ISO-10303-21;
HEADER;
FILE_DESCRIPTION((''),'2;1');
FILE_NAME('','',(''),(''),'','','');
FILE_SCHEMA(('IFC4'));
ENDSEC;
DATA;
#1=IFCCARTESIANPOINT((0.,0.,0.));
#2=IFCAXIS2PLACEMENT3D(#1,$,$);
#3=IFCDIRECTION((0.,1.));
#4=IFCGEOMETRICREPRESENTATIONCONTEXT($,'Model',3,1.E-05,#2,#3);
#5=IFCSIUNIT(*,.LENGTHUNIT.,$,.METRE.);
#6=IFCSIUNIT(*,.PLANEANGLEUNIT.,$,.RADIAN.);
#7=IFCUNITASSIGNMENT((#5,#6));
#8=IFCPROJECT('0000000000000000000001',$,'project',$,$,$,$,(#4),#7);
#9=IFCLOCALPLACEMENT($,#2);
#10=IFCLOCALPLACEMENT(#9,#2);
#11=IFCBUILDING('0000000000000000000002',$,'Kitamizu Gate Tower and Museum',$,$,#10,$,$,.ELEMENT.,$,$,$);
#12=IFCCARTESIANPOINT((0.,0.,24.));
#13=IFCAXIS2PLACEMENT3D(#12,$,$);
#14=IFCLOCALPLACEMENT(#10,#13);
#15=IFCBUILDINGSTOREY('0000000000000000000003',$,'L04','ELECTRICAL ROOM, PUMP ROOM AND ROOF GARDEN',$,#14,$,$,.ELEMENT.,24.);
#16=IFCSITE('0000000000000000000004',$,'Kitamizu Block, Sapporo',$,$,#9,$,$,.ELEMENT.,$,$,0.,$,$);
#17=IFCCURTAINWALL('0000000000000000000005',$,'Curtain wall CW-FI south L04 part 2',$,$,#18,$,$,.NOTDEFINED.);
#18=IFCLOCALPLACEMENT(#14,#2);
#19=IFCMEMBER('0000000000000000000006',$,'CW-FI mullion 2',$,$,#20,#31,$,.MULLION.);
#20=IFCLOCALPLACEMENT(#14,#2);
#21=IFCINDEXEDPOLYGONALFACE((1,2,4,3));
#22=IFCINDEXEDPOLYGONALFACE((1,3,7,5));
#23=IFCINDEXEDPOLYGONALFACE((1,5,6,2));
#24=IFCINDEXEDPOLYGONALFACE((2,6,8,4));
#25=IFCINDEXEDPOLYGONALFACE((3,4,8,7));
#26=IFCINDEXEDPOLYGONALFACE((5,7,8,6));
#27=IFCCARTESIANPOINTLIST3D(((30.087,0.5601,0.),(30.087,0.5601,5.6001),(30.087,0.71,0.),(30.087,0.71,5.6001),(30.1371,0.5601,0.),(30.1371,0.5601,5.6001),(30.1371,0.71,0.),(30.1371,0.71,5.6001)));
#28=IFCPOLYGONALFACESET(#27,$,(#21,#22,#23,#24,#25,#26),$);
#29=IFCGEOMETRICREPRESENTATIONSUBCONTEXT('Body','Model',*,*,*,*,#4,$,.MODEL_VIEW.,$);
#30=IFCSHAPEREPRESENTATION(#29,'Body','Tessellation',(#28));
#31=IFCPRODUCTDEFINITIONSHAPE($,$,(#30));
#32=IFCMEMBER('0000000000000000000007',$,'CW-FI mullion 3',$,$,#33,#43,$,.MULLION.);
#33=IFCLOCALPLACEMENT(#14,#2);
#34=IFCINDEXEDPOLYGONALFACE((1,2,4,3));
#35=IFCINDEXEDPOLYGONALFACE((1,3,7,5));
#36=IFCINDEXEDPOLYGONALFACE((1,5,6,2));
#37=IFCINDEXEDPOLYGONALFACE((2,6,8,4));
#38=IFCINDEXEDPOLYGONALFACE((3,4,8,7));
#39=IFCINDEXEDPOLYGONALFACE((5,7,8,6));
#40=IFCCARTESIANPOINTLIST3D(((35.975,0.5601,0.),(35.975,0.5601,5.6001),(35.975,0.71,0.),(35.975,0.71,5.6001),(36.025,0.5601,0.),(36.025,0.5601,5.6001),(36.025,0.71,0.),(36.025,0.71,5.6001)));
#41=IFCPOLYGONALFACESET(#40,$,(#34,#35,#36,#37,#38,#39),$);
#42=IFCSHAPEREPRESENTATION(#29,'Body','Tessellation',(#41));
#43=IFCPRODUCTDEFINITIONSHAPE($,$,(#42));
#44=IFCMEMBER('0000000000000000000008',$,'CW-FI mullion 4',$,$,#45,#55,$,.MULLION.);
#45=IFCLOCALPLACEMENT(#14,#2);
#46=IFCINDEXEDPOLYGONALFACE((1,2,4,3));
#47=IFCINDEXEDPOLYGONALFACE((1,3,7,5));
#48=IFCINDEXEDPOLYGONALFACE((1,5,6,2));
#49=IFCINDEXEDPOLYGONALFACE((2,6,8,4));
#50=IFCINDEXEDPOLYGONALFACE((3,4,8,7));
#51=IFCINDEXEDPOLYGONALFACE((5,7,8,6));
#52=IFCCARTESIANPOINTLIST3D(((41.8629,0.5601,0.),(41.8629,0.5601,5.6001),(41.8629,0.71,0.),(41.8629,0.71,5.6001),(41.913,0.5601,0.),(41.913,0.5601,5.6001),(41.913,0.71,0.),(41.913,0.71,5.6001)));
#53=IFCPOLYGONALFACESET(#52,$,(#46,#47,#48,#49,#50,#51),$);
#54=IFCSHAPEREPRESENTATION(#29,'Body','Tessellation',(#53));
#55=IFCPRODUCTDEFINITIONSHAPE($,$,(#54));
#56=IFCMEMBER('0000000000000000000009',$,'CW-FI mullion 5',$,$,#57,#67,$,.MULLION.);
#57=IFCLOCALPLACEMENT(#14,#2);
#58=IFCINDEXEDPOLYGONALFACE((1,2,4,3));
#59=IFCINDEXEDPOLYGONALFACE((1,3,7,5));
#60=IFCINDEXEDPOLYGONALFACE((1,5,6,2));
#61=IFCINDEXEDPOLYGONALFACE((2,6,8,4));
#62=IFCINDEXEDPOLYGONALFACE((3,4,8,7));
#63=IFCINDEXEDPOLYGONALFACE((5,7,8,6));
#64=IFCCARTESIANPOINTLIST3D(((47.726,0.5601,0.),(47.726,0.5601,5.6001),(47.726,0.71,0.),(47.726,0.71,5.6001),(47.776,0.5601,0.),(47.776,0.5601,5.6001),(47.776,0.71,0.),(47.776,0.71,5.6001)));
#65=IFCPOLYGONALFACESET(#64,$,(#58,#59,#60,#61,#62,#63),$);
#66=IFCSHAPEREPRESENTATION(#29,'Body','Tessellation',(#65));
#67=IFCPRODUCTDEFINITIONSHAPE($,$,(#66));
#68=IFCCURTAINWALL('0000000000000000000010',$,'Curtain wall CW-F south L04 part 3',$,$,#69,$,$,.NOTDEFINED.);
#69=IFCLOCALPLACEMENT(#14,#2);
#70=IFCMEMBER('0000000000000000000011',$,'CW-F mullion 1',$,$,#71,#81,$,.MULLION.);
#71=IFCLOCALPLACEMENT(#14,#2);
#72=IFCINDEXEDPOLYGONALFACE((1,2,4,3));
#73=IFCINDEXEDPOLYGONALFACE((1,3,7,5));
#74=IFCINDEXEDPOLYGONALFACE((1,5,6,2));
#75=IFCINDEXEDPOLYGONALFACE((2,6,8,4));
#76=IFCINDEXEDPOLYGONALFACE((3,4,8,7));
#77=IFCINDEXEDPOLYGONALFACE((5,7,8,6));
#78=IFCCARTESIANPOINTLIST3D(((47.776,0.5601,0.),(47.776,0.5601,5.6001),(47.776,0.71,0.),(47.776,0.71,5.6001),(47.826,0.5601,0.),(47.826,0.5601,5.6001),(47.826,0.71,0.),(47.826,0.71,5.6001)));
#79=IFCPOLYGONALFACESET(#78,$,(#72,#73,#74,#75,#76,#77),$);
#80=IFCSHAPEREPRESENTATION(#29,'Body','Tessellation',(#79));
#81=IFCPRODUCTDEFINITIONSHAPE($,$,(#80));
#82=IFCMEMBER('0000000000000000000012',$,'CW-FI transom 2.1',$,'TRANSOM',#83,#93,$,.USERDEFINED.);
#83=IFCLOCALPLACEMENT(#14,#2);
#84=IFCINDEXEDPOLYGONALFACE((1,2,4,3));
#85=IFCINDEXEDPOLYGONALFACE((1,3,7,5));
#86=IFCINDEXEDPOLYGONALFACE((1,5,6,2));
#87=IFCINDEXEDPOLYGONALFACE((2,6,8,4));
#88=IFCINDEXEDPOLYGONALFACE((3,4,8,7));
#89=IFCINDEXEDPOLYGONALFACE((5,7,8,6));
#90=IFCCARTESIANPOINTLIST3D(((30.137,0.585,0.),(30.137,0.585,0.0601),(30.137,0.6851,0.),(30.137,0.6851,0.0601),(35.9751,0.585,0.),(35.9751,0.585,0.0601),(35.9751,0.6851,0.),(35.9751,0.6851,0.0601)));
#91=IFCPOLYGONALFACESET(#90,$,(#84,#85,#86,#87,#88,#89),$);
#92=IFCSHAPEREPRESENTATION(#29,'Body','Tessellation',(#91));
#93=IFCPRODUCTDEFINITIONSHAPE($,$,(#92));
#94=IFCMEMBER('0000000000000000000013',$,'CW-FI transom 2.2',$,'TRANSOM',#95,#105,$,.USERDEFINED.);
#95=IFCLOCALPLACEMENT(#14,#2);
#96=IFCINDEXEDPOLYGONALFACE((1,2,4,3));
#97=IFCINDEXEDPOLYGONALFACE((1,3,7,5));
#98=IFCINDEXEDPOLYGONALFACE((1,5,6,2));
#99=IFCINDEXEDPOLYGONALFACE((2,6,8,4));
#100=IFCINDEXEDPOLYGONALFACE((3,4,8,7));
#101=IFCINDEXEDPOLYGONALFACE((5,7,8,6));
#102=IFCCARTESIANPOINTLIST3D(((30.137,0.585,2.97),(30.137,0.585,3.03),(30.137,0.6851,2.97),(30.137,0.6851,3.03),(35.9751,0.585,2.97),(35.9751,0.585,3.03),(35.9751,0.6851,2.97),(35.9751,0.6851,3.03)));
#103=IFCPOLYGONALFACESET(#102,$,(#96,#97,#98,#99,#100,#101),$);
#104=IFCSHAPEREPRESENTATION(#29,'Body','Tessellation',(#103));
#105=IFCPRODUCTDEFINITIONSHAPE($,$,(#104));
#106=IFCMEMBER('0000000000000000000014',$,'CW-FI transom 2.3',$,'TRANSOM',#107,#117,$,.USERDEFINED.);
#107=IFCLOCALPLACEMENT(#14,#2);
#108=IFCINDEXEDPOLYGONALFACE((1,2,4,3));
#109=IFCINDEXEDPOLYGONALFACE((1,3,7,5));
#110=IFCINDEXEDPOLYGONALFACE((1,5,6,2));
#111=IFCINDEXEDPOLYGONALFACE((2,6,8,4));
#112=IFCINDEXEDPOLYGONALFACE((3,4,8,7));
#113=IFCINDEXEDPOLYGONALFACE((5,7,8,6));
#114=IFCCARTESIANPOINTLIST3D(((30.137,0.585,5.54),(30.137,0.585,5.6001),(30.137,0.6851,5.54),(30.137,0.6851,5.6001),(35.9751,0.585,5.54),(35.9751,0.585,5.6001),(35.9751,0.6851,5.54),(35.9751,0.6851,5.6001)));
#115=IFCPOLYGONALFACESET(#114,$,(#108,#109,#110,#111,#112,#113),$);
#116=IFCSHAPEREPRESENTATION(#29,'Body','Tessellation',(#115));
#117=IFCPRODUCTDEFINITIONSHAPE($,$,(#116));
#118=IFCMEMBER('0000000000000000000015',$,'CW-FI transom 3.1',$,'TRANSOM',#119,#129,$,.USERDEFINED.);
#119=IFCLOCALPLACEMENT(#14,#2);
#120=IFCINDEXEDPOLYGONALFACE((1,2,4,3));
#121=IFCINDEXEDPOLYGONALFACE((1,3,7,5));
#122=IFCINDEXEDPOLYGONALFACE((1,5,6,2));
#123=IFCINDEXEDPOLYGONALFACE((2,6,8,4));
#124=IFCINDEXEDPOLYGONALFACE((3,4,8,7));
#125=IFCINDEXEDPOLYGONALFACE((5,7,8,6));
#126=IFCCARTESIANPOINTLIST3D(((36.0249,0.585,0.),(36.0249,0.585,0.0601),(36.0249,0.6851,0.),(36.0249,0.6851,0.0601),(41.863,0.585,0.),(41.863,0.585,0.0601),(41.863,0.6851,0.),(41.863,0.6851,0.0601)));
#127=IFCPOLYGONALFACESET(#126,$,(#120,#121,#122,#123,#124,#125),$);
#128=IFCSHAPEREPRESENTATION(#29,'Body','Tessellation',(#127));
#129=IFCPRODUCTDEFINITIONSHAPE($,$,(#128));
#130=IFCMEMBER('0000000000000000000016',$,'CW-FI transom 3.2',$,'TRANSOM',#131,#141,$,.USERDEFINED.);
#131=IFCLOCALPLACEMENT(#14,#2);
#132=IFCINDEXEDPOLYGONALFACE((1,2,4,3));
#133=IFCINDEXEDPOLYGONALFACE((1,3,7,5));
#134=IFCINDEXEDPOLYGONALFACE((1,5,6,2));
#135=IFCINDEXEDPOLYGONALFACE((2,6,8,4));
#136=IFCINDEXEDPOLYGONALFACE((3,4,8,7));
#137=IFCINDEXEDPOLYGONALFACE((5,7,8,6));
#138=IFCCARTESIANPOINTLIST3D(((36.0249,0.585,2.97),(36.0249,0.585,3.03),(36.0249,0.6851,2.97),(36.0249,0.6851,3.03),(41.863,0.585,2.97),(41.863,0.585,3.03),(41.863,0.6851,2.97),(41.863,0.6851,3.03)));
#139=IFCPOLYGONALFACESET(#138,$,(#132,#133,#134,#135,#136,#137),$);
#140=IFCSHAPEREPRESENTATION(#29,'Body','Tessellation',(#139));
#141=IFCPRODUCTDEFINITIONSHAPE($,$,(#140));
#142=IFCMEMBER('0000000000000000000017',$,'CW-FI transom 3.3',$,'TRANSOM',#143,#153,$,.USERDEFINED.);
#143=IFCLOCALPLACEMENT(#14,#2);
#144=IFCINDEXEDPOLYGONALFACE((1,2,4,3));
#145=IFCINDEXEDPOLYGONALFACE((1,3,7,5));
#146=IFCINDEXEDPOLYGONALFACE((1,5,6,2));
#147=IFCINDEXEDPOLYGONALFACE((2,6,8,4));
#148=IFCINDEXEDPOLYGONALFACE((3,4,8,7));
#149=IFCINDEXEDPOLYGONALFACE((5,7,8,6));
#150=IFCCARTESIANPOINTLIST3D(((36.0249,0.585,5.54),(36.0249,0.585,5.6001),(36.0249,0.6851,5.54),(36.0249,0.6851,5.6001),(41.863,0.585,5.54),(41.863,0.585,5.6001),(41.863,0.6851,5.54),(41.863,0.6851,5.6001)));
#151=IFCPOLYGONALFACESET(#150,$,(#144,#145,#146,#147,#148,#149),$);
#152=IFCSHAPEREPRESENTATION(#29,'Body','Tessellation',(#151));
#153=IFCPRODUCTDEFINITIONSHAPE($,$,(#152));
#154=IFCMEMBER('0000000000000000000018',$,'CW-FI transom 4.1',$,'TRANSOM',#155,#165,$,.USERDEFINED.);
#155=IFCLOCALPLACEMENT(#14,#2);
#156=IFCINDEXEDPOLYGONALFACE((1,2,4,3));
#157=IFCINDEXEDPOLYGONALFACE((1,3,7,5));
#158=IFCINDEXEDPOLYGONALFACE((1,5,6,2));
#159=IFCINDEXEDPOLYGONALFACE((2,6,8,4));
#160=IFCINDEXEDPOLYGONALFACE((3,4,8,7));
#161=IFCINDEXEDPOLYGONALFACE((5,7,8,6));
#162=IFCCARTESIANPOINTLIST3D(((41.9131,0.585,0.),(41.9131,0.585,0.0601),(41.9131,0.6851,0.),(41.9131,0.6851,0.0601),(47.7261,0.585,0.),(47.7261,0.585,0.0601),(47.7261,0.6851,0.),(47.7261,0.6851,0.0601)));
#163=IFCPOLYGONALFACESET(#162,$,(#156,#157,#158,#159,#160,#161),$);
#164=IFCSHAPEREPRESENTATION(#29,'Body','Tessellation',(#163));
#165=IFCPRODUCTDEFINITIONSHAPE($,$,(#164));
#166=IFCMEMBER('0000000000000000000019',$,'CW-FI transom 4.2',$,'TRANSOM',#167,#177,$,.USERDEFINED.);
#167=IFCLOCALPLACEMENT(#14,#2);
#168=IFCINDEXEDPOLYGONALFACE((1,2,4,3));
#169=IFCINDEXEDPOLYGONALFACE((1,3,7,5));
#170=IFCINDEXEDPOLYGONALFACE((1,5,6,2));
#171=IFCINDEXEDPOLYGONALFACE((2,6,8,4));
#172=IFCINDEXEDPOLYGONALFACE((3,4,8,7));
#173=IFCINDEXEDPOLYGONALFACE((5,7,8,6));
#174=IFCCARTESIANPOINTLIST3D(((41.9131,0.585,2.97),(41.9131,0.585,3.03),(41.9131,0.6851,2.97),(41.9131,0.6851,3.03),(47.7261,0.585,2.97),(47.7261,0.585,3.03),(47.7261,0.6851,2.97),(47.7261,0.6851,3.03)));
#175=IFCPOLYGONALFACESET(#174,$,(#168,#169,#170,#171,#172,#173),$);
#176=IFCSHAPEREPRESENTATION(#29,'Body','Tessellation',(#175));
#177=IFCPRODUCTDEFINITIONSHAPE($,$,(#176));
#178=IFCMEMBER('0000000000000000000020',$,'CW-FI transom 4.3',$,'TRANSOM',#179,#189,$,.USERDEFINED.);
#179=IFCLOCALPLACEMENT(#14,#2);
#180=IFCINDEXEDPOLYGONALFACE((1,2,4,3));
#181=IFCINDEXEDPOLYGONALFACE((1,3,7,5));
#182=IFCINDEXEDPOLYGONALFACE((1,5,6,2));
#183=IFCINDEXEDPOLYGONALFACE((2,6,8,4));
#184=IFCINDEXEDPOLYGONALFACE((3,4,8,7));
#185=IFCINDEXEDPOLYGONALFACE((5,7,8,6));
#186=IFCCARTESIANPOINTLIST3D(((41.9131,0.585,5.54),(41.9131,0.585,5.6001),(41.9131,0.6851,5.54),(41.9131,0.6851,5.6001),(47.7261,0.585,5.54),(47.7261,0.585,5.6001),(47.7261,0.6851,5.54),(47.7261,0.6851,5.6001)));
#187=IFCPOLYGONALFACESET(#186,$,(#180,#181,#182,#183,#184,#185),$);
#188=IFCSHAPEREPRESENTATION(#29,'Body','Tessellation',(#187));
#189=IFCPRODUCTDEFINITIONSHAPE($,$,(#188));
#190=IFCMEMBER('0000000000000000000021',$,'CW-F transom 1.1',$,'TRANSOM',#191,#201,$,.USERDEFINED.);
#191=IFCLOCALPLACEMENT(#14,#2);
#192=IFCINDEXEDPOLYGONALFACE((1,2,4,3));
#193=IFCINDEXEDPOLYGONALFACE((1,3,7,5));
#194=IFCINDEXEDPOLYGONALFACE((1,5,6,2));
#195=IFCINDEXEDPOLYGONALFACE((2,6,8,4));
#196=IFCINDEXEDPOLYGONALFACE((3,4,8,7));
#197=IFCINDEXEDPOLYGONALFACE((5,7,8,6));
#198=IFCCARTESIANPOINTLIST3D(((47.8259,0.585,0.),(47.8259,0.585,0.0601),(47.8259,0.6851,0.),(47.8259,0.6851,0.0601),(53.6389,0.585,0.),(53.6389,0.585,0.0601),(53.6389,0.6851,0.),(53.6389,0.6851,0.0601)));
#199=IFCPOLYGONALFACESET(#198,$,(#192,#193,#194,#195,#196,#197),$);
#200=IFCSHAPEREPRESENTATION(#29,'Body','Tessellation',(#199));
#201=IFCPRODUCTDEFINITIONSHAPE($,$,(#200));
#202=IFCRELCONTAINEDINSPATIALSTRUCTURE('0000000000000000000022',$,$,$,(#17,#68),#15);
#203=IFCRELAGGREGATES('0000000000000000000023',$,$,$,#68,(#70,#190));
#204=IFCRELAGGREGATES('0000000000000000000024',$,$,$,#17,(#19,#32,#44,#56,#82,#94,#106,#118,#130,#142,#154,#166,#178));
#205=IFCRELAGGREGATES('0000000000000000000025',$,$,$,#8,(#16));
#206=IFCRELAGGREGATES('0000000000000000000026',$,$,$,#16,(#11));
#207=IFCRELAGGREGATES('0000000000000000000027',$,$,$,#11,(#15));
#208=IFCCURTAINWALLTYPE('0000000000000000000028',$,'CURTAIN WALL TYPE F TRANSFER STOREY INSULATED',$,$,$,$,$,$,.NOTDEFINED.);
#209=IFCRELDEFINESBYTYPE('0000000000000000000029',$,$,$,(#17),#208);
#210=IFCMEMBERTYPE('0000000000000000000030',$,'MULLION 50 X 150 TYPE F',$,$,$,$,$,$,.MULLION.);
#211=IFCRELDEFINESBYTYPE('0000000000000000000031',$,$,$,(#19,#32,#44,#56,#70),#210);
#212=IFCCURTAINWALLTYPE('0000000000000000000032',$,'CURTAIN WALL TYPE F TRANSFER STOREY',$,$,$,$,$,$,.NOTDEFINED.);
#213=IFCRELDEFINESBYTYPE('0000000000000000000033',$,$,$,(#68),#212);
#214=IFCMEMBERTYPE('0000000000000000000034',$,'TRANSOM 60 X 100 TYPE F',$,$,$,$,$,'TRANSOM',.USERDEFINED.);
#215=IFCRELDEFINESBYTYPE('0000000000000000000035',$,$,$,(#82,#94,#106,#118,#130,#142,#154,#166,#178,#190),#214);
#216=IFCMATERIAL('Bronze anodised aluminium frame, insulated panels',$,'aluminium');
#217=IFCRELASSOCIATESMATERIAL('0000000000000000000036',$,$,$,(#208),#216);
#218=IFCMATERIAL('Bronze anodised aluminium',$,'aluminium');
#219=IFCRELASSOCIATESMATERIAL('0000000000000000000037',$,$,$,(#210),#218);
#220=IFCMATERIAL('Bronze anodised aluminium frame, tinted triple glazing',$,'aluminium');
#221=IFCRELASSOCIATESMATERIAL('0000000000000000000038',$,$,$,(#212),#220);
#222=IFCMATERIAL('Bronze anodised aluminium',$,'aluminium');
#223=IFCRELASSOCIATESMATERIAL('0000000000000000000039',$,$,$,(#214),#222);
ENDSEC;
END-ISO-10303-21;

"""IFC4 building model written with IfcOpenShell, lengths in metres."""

from ifc_helpers import new_model, si_unit, direction, frame, origin, origin_2d, place, context, subcontext, project, spatial, rectangle, extrude, material, material_profile, profile_set, type_object, element, aggregate, save


model = new_model("IFC4")

# Units and contexts
model_context = context("Model", 3, precision=1e-05, world=origin(), true_north=direction((0.0, 1.0)))
body_context = subcontext(model_context, "Body", "Model", "MODEL_VIEW")
ifc_project = project(units=[si_unit("LENGTHUNIT", "METRE"), si_unit("PLANEANGLEUNIT", "RADIAN")], contexts=[model_context])

# Site, building, storey
site_placement = place(None, origin())
site = spatial("IfcSite", under=ifc_project, at=site_placement, Name="Kitamizu Block, Sapporo", CompositionType="ELEMENT", RefElevation=0.0)
building_placement = place(site_placement, origin())
building = spatial("IfcBuilding", under=site, at=building_placement, Name="Kitamizu Gate Tower and Museum", CompositionType="ELEMENT")
storey_placement = place(building_placement, frame((0.0, 0.0, 24.0)))
storey = spatial("IfcBuildingStorey", under=building, at=storey_placement, Name="L04", Description="ELECTRICAL ROOM, PUMP ROOM AND ROOF GARDEN", CompositionType="ELEMENT", Elevation=24.0)

# Curtain wall, members
ifc_material_1 = material(Name="Bronze anodised aluminium frame, insulated panels", Category="aluminium")
curtain_wall_type_1 = type_object("IfcCurtainWallType", Name="CURTAIN WALL TYPE F TRANSFER STOREY INSULATED", PredefinedType="NOTDEFINED", material=ifc_material_1)
curtain_wall_1_placement = place(storey_placement, origin())
curtain_wall_1 = element("IfcCurtainWall", 1, at=curtain_wall_1_placement, inside=storey, type_object=curtain_wall_type_1, Name="Curtain wall CW-FI south L04 part 2", PredefinedType="NOTDEFINED")
ifc_material_2 = material(Name="Bronze anodised aluminium", Category="aluminium")
ifc_material_profile_1 = material_profile(ifc_material_2, rectangle(XDim=0.05, YDim=0.1499, at=origin_2d()), Name="AL 50X150")
ifc_profile_set_1 = profile_set([ifc_material_profile_1], Name="Bronze anodised aluminium")
member_type_1 = type_object("IfcMemberType", Name="MULLION 50 X 150 TYPE F", PredefinedType="MULLION", material=ifc_profile_set_1)
member_1_placement = place(storey_placement, frame((30.1121, 0.635, 0.0), z_axis=(0.0, 0.0, 1.0), x_axis=(1.0, 0.0, 0.0)))
member_1 = element("IfcMember", 2, at=member_1_placement, type_object=member_type_1, Name="CW-FI mullion 2", PredefinedType="MULLION", context=body_context, shape_type="SweptSolid", body=[
    extrude(rectangle(XDim=0.05, YDim=0.1499, at=origin_2d()), origin(), (0.0, 0.0, 1.0), 5.6001),
])
member_2_placement = place(storey_placement, frame((36.0, 0.635, 0.0), z_axis=(0.0, 0.0, 1.0), x_axis=(1.0, 0.0, 0.0)))
member_2 = element("IfcMember", 3, at=member_2_placement, type_object=member_type_1, Name="CW-FI mullion 3", PredefinedType="MULLION", context=body_context, shape_type="SweptSolid", body=[
    extrude(rectangle(XDim=0.05, YDim=0.1499, at=origin_2d()), origin(), (0.0, 0.0, 1.0), 5.6001),
])
member_3_placement = place(storey_placement, frame((41.8879, 0.635, 0.0), z_axis=(0.0, 0.0, 1.0), x_axis=(1.0, 0.0, 0.0)))
member_3 = element("IfcMember", 4, at=member_3_placement, type_object=member_type_1, Name="CW-FI mullion 4", PredefinedType="MULLION", context=body_context, shape_type="SweptSolid", body=[
    extrude(rectangle(XDim=0.05, YDim=0.1499, at=origin_2d()), origin(), (0.0, 0.0, 1.0), 5.6001),
])
member_4_placement = place(storey_placement, frame((47.751, 0.635, 0.0), z_axis=(0.0, 0.0, 1.0), x_axis=(1.0, 0.0, 0.0)))
member_4 = element("IfcMember", 5, at=member_4_placement, type_object=member_type_1, Name="CW-FI mullion 5", PredefinedType="MULLION", context=body_context, shape_type="SweptSolid", body=[
    extrude(rectangle(XDim=0.05, YDim=0.1499, at=origin_2d()), origin(), (0.0, 0.0, 1.0), 5.6001),
])

# Curtain wall, member
ifc_material_3 = material(Name="Bronze anodised aluminium frame, tinted triple glazing", Category="aluminium")
curtain_wall_type_2 = type_object("IfcCurtainWallType", Name="CURTAIN WALL TYPE F TRANSFER STOREY", PredefinedType="NOTDEFINED", material=ifc_material_3)
curtain_wall_2_placement = place(storey_placement, origin())
curtain_wall_2 = element("IfcCurtainWall", 6, at=curtain_wall_2_placement, inside=storey, type_object=curtain_wall_type_2, Name="Curtain wall CW-F south L04 part 3", PredefinedType="NOTDEFINED")
member_5_placement = place(storey_placement, frame((47.801, 0.635, 0.0), z_axis=(0.0, 0.0, 1.0), x_axis=(1.0, 0.0, 0.0)))
member_5 = element("IfcMember", 7, at=member_5_placement, type_object=member_type_1, Name="CW-F mullion 1", PredefinedType="MULLION", context=body_context, shape_type="SweptSolid", body=[
    extrude(rectangle(XDim=0.05, YDim=0.1499, at=origin_2d()), origin(), (0.0, 0.0, 1.0), 5.6001),
])

# Members
ifc_material_4 = material(Name="Bronze anodised aluminium", Category="aluminium")
ifc_material_profile_2 = material_profile(ifc_material_4, rectangle(XDim=0.1001, YDim=0.0601, at=origin_2d()), Name="AL 60X100")
ifc_profile_set_2 = profile_set([ifc_material_profile_2], Name="Bronze anodised aluminium")
member_type_2 = type_object("IfcMemberType", Name="TRANSOM 60 X 100 TYPE F", ElementType="TRANSOM", PredefinedType="USERDEFINED", material=ifc_profile_set_2)
member_6_placement = place(storey_placement, frame((30.137, 0.635, 0.03), z_axis=(1.0, 0.0, 0.0), x_axis=(0.0, 1.0, 0.0)))
member_6 = element("IfcMember", 8, at=member_6_placement, type_object=member_type_2, Name="CW-FI transom 2.1", ObjectType="TRANSOM", PredefinedType="USERDEFINED", context=body_context, shape_type="SweptSolid", body=[
    extrude(rectangle(XDim=0.1001, YDim=0.0601, at=origin_2d()), origin(), (0.0, 0.0, 1.0), 5.8381),
])
member_7_placement = place(storey_placement, frame((30.137, 0.635, 3.0), z_axis=(1.0, 0.0, 0.0), x_axis=(0.0, 1.0, 0.0)))
member_7 = element("IfcMember", 9, at=member_7_placement, type_object=member_type_2, Name="CW-FI transom 2.2", ObjectType="TRANSOM", PredefinedType="USERDEFINED", context=body_context, shape_type="SweptSolid", body=[
    extrude(rectangle(XDim=0.1001, YDim=0.0601, at=origin_2d()), origin(), (0.0, 0.0, 1.0), 5.8381),
])
member_8_placement = place(storey_placement, frame((30.137, 0.635, 5.5701), z_axis=(1.0, 0.0, 0.0), x_axis=(0.0, 1.0, 0.0)))
member_8 = element("IfcMember", 10, at=member_8_placement, type_object=member_type_2, Name="CW-FI transom 2.3", ObjectType="TRANSOM", PredefinedType="USERDEFINED", context=body_context, shape_type="SweptSolid", body=[
    extrude(rectangle(XDim=0.1001, YDim=0.0601, at=origin_2d()), origin(), (0.0, 0.0, 1.0), 5.8381),
])
member_9_placement = place(storey_placement, frame((36.0249, 0.635, 0.03), z_axis=(1.0, 0.0, 0.0), x_axis=(0.0, 1.0, 0.0)))
member_9 = element("IfcMember", 11, at=member_9_placement, type_object=member_type_2, Name="CW-FI transom 3.1", ObjectType="TRANSOM", PredefinedType="USERDEFINED", context=body_context, shape_type="SweptSolid", body=[
    extrude(rectangle(XDim=0.1001, YDim=0.0601, at=origin_2d()), origin(), (0.0, 0.0, 1.0), 5.8381),
])
member_10_placement = place(storey_placement, frame((36.0249, 0.635, 3.0), z_axis=(1.0, 0.0, 0.0), x_axis=(0.0, 1.0, 0.0)))
member_10 = element("IfcMember", 12, at=member_10_placement, type_object=member_type_2, Name="CW-FI transom 3.2", ObjectType="TRANSOM", PredefinedType="USERDEFINED", context=body_context, shape_type="SweptSolid", body=[
    extrude(rectangle(XDim=0.1001, YDim=0.0601, at=origin_2d()), origin(), (0.0, 0.0, 1.0), 5.8381),
])
member_11_placement = place(storey_placement, frame((36.0249, 0.635, 5.5701), z_axis=(1.0, 0.0, 0.0), x_axis=(0.0, 1.0, 0.0)))
member_11 = element("IfcMember", 13, at=member_11_placement, type_object=member_type_2, Name="CW-FI transom 3.3", ObjectType="TRANSOM", PredefinedType="USERDEFINED", context=body_context, shape_type="SweptSolid", body=[
    extrude(rectangle(XDim=0.1001, YDim=0.0601, at=origin_2d()), origin(), (0.0, 0.0, 1.0), 5.8381),
])
member_12_placement = place(storey_placement, frame((41.9131, 0.635, 0.03), z_axis=(1.0, 0.0, 0.0), x_axis=(0.0, 1.0, 0.0)))
member_12 = element("IfcMember", 14, at=member_12_placement, type_object=member_type_2, Name="CW-FI transom 4.1", ObjectType="TRANSOM", PredefinedType="USERDEFINED", context=body_context, shape_type="SweptSolid", body=[
    extrude(rectangle(XDim=0.1001, YDim=0.0601, at=origin_2d()), origin(), (0.0, 0.0, 1.0), 5.813),
])
member_13_placement = place(storey_placement, frame((41.9131, 0.635, 3.0), z_axis=(1.0, 0.0, 0.0), x_axis=(0.0, 1.0, 0.0)))
member_13 = element("IfcMember", 15, at=member_13_placement, type_object=member_type_2, Name="CW-FI transom 4.2", ObjectType="TRANSOM", PredefinedType="USERDEFINED", context=body_context, shape_type="SweptSolid", body=[
    extrude(rectangle(XDim=0.1001, YDim=0.0601, at=origin_2d()), origin(), (0.0, 0.0, 1.0), 5.813),
])
member_14_placement = place(storey_placement, frame((41.9131, 0.635, 5.5701), z_axis=(1.0, 0.0, 0.0), x_axis=(0.0, 1.0, 0.0)))
member_14 = element("IfcMember", 16, at=member_14_placement, type_object=member_type_2, Name="CW-FI transom 4.3", ObjectType="TRANSOM", PredefinedType="USERDEFINED", context=body_context, shape_type="SweptSolid", body=[
    extrude(rectangle(XDim=0.1001, YDim=0.0601, at=origin_2d()), origin(), (0.0, 0.0, 1.0), 5.813),
])
member_15_placement = place(storey_placement, frame((47.8259, 0.635, 0.03), z_axis=(1.0, 0.0, 0.0), x_axis=(0.0, 1.0, 0.0)))
member_15 = element("IfcMember", 17, at=member_15_placement, type_object=member_type_2, Name="CW-F transom 1.1", ObjectType="TRANSOM", PredefinedType="USERDEFINED", context=body_context, shape_type="SweptSolid", body=[
    extrude(rectangle(XDim=0.1001, YDim=0.0601, at=origin_2d()), origin(), (0.0, 0.0, 1.0), 5.813),
])
aggregate(curtain_wall_2, [member_5, member_15])

aggregate(curtain_wall_1, [member_1, member_2, member_3, member_4, member_6, member_7, member_8, member_9, member_10, member_11, member_12, member_13, member_14])

save(model, "model.ifc")
